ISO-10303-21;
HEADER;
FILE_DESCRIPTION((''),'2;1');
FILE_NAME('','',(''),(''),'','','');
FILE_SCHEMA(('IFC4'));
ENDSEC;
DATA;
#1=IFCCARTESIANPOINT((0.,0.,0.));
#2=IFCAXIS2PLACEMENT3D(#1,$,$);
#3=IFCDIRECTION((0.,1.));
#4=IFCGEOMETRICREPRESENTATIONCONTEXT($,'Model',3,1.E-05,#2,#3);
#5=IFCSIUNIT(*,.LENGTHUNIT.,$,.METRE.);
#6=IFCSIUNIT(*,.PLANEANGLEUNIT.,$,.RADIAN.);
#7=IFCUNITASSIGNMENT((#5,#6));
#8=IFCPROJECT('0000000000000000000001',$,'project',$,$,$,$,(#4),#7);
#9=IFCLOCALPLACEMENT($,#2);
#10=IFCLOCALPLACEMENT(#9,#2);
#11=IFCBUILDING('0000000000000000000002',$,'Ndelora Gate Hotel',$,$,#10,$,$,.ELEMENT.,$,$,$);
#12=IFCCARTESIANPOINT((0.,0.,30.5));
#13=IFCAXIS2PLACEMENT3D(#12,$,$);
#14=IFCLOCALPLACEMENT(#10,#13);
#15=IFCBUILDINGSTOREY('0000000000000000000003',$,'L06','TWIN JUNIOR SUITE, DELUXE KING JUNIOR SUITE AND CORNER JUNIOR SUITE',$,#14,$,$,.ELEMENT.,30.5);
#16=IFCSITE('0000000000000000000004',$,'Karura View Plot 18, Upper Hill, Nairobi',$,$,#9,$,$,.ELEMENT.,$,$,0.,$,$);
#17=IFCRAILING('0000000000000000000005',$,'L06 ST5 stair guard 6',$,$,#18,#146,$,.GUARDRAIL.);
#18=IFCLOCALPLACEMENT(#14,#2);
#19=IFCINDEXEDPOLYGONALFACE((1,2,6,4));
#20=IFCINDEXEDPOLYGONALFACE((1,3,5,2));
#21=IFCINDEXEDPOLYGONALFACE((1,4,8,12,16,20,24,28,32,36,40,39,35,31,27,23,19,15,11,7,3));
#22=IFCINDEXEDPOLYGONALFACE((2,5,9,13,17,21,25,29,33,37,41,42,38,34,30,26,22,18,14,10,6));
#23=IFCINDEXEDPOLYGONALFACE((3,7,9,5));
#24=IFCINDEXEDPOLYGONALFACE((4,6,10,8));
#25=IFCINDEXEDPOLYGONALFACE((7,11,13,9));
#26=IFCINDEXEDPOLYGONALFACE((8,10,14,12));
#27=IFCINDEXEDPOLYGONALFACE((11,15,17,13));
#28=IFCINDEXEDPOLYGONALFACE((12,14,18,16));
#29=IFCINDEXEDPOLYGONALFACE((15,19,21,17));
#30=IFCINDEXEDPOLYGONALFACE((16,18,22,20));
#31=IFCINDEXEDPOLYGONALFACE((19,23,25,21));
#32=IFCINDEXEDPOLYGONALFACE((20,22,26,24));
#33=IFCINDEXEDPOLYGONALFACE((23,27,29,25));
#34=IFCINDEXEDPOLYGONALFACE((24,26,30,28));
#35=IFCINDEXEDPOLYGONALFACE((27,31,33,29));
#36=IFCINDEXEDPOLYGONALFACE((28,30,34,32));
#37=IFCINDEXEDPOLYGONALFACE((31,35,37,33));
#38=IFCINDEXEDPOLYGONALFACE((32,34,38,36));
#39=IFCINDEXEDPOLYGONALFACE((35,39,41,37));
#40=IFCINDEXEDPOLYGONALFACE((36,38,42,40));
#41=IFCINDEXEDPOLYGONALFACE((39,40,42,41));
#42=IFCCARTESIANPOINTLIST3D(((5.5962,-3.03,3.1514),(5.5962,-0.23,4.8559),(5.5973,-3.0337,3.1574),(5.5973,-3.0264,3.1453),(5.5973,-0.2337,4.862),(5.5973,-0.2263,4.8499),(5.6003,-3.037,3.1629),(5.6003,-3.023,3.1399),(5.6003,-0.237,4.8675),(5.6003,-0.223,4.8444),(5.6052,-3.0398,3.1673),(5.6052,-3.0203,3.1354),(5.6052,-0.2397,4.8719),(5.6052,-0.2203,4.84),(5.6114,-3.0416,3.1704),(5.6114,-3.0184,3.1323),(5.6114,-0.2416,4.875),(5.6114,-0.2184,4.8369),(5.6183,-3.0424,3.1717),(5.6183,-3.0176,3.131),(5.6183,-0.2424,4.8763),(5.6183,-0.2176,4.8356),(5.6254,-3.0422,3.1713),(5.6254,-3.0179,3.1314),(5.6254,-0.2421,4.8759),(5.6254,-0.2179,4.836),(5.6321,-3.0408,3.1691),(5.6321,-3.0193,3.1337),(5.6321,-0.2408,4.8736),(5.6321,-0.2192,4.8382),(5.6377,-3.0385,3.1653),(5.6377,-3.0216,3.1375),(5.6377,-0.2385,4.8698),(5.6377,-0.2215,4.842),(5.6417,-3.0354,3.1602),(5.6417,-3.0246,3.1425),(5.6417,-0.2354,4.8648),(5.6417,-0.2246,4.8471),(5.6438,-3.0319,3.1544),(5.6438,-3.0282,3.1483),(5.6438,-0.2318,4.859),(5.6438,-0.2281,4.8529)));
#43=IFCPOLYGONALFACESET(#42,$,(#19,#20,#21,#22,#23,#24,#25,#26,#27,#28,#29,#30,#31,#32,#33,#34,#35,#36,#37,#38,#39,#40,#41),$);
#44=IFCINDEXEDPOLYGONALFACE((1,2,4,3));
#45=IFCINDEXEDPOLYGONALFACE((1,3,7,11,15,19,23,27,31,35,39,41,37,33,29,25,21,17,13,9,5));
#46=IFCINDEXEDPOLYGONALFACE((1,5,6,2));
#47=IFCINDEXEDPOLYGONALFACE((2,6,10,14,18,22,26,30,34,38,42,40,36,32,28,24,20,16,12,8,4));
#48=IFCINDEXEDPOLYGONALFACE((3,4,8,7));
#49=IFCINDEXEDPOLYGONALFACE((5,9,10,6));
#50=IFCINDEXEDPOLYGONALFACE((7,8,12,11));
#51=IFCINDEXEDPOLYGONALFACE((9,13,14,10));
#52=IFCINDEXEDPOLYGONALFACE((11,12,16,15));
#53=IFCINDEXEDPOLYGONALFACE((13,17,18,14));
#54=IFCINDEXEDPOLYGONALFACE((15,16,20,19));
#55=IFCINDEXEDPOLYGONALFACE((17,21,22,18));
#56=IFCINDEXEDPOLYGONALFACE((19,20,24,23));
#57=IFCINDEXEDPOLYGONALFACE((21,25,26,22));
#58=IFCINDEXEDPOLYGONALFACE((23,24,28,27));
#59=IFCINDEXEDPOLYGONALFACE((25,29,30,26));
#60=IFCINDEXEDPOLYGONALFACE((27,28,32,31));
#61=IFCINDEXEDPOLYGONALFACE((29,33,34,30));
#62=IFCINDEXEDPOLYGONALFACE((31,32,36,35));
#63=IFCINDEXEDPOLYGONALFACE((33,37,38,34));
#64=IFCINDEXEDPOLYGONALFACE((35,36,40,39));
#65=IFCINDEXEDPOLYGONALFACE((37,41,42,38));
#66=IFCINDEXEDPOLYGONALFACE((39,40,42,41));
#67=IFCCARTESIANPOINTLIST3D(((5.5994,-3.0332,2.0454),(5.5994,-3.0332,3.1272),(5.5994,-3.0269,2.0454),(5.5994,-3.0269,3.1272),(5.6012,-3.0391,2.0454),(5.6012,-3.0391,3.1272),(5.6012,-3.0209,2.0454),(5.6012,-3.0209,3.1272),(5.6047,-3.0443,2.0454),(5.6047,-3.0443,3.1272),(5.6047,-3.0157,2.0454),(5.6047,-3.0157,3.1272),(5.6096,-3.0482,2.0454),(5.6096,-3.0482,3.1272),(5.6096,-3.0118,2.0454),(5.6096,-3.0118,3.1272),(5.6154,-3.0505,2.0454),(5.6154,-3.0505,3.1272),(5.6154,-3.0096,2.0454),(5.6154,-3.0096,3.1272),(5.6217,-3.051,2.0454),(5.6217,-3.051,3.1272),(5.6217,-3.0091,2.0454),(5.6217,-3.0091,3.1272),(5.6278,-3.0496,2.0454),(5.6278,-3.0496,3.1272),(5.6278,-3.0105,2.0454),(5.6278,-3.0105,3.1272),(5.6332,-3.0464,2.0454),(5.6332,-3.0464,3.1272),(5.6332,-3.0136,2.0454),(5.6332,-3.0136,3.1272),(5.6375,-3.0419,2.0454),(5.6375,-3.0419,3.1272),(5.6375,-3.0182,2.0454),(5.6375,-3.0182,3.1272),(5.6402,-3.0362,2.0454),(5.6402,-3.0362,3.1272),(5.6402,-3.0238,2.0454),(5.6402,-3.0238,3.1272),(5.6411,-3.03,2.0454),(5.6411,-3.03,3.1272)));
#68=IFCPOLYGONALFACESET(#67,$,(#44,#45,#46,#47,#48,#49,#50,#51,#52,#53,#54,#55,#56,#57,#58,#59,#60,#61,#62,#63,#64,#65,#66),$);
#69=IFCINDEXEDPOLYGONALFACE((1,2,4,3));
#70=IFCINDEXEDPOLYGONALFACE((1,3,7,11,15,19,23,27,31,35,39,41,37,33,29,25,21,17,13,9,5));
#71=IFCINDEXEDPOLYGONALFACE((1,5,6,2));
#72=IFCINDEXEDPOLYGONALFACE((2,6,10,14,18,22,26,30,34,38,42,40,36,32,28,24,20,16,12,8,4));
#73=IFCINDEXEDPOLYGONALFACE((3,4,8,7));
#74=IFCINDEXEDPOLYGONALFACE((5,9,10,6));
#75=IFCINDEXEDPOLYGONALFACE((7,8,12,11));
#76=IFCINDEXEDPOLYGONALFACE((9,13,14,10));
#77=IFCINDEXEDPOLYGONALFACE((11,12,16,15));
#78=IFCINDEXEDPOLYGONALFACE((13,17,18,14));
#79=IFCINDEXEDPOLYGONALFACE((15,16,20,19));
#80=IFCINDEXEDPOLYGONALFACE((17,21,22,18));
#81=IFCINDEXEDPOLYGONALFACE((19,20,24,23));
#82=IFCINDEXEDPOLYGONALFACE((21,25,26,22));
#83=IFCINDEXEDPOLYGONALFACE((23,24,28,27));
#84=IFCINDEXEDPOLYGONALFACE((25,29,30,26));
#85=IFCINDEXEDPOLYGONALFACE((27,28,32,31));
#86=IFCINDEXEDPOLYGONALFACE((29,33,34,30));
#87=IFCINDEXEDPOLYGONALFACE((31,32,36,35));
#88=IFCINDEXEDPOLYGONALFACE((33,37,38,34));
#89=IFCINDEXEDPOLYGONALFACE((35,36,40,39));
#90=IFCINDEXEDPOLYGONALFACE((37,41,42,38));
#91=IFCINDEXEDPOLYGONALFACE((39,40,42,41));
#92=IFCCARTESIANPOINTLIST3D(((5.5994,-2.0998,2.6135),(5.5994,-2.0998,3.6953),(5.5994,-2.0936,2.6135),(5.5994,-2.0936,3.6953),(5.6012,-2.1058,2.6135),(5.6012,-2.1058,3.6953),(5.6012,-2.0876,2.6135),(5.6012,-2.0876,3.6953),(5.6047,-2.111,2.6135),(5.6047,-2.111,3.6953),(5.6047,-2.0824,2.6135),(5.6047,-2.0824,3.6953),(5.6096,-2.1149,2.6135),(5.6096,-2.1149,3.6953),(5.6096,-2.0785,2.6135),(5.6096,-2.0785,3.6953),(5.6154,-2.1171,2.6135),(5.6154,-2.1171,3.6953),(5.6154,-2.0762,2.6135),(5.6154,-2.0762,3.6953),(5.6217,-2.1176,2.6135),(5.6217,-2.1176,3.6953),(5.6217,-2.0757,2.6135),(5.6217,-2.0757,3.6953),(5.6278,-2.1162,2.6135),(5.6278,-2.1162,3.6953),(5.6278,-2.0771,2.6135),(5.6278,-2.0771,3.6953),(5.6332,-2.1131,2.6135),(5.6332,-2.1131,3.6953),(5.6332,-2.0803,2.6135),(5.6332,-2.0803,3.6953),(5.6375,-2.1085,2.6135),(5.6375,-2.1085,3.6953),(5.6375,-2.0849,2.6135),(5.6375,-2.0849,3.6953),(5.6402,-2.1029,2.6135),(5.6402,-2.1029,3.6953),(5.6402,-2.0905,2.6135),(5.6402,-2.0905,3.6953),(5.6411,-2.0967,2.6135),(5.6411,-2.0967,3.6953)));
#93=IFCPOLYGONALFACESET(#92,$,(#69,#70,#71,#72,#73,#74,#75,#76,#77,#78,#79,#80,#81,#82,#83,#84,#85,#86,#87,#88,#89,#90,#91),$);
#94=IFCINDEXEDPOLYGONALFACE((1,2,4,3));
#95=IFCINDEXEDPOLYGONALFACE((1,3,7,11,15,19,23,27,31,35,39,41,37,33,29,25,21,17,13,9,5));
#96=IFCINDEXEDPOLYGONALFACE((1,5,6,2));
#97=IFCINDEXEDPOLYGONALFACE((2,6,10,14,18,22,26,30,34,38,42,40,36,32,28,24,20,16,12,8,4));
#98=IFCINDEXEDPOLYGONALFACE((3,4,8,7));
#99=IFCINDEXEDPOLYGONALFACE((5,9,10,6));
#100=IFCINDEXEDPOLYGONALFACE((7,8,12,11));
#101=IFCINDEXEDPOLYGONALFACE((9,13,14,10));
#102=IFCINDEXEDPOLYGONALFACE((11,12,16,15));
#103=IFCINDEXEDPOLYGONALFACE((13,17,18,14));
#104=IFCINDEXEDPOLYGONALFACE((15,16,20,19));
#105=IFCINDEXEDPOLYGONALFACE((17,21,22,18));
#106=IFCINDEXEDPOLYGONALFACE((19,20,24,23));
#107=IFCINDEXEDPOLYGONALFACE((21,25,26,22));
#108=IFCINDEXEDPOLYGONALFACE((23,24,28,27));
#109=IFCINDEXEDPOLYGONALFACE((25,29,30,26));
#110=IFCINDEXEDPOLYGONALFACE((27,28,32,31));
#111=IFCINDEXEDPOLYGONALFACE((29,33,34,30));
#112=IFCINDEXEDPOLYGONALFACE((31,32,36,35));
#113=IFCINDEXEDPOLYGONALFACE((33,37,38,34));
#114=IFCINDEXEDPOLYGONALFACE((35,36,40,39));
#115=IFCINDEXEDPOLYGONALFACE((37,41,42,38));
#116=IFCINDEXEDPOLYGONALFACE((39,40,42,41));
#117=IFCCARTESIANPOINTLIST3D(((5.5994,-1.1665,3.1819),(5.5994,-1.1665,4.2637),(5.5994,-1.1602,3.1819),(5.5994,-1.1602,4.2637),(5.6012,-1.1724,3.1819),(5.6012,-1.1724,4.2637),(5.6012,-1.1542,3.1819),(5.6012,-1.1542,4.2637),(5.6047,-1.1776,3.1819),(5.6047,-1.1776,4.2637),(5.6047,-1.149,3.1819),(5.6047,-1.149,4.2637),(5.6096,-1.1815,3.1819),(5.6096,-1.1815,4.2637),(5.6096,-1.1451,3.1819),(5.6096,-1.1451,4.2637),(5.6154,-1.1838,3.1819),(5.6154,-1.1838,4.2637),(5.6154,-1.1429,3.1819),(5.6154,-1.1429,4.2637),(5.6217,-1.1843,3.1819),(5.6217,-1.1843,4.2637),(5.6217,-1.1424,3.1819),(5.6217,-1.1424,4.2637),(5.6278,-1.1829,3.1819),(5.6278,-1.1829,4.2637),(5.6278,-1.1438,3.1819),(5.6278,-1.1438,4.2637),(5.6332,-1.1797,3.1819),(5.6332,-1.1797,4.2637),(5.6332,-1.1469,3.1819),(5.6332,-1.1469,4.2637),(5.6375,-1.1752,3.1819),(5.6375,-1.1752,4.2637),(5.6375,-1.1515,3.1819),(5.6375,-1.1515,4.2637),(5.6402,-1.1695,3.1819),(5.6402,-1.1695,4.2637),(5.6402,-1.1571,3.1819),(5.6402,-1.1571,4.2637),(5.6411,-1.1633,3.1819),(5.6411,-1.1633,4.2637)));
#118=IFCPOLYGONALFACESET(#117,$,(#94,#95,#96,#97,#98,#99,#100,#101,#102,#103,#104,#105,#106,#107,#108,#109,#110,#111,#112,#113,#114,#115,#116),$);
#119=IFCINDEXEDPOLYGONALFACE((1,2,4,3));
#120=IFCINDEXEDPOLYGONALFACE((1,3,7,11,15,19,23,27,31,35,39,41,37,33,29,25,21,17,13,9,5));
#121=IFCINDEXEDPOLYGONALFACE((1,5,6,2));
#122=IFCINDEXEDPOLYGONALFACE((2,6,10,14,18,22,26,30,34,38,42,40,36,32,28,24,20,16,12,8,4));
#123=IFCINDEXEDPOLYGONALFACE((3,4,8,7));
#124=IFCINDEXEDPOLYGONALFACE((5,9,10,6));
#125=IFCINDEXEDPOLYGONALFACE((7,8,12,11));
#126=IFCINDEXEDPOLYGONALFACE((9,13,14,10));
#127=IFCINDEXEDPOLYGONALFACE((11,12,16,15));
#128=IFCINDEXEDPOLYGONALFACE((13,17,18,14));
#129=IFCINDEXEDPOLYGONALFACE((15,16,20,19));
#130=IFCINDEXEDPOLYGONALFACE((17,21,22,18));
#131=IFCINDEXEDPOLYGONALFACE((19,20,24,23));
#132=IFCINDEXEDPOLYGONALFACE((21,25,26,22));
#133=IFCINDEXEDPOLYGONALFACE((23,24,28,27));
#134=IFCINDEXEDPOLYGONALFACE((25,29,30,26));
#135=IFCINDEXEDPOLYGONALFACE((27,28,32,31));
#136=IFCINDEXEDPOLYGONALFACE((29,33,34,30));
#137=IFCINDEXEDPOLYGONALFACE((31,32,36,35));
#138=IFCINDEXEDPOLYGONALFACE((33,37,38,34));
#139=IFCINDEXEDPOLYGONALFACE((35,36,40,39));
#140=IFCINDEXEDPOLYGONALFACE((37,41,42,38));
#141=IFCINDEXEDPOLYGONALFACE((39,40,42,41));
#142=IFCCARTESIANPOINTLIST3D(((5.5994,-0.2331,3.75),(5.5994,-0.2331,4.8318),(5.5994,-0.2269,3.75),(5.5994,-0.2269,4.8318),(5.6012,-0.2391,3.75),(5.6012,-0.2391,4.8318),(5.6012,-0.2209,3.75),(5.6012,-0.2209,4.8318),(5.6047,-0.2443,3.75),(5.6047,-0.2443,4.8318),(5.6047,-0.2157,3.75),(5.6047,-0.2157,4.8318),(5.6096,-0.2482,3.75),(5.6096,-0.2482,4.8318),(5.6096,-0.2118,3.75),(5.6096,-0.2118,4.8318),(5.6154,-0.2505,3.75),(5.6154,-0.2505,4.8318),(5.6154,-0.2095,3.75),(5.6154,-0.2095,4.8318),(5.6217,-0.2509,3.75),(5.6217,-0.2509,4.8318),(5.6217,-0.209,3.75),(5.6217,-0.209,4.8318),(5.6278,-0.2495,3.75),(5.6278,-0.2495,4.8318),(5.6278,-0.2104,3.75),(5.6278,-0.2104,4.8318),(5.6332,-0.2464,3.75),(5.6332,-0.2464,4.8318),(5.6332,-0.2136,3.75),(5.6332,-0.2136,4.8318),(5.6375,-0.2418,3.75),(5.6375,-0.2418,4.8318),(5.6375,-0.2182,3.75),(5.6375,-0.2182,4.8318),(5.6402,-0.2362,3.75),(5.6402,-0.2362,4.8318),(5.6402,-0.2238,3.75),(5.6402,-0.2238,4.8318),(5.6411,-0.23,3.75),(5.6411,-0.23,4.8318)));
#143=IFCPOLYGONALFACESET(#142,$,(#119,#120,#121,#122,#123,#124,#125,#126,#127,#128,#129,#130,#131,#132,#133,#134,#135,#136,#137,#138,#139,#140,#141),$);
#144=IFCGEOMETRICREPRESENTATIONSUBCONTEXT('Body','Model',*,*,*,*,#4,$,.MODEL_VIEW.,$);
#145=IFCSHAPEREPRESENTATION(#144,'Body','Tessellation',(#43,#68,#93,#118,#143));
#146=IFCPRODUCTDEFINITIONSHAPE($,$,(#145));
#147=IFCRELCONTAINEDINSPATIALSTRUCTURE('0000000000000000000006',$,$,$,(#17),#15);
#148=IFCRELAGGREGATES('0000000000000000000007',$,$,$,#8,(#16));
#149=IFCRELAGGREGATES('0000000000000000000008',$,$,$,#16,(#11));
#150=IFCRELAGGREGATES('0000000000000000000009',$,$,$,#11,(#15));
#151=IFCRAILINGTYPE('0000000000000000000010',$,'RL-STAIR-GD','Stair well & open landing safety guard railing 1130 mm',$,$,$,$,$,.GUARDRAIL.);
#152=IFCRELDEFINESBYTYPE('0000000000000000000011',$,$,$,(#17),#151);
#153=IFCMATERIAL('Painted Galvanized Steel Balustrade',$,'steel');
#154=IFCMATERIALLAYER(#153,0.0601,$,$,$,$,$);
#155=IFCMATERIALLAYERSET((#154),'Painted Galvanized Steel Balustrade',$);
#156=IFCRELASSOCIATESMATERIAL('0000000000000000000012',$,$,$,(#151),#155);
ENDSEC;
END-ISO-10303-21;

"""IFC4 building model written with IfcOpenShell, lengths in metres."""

from ifc_helpers import new_model, si_unit, direction, frame, origin, origin_2d, place, context, subcontext, project, spatial, circle, extrude, material, layer, layer_set, type_object, element, save


model = new_model("IFC4")

# Units and contexts
model_context = context("Model", 3, precision=1e-05, world=origin(), true_north=direction((0.0, 1.0)))
body_context = subcontext(model_context, "Body", "Model", "MODEL_VIEW")
ifc_project = project(units=[si_unit("LENGTHUNIT", "METRE"), si_unit("PLANEANGLEUNIT", "RADIAN")], contexts=[model_context])

# Site, building, storey
site_placement = place(None, origin())
site = spatial("IfcSite", under=ifc_project, at=site_placement, Name="Karura View Plot 18, Upper Hill, Nairobi", CompositionType="ELEMENT", RefElevation=0.0)
building_placement = place(site_placement, origin())
building = spatial("IfcBuilding", under=site, at=building_placement, Name="Ndelora Gate Hotel", CompositionType="ELEMENT")
storey_placement = place(building_placement, frame((0.0, 0.0, 30.5)))
storey = spatial("IfcBuildingStorey", under=building, at=storey_placement, Name="L06", Description="TWIN JUNIOR SUITE, DELUXE KING JUNIOR SUITE AND CORNER JUNIOR SUITE", CompositionType="ELEMENT", Elevation=30.5)

# Railing
ifc_material_1 = material(Name="Painted Galvanized Steel Balustrade", Category="steel")
ifc_layer_1 = layer(ifc_material_1, 0.0601)
ifc_layer_set_1 = layer_set([ifc_layer_1], Name="Painted Galvanized Steel Balustrade")
railing_type_1 = type_object("IfcRailingType", Name="RL-STAIR-GD", Description="Stair well & open landing safety guard railing 1130 mm", PredefinedType="GUARDRAIL", material=ifc_layer_set_1)
railing_1_placement = place(storey_placement, frame((5.6201, -3.03, 2.0454)))
element("IfcRailing", 1, at=railing_1_placement, inside=storey, type_object=railing_type_1, Name="L06 ST5 stair guard 6", PredefinedType="GUARDRAIL", context=body_context, shape_type="SweptSolid", body=[
    extrude(circle(Radius=0.0239, at=origin_2d()), frame((0.0, 0.0, 1.106), z_axis=(0.0, 0.85417, 0.519994), x_axis=(-1.0, 0.0, 0.0)), (0.0, 0.0, 1.0), 3.2781),
    extrude(circle(Radius=0.021, at=origin_2d()), origin(), (0.0, 0.0, 1.0), 1.0818),
    extrude(circle(Radius=0.021, at=origin_2d()), frame((0.0, 0.9333, 0.5681)), (0.0, 0.0, 1.0), 1.0818),
    extrude(circle(Radius=0.021, at=origin_2d()), frame((0.0, 1.8667, 1.1365)), (0.0, 0.0, 1.0), 1.0818),
    extrude(circle(Radius=0.021, at=origin_2d()), frame((0.0, 2.8, 1.7046)), (0.0, 0.0, 1.0), 1.0818),
])

save(model, "model.ifc")
